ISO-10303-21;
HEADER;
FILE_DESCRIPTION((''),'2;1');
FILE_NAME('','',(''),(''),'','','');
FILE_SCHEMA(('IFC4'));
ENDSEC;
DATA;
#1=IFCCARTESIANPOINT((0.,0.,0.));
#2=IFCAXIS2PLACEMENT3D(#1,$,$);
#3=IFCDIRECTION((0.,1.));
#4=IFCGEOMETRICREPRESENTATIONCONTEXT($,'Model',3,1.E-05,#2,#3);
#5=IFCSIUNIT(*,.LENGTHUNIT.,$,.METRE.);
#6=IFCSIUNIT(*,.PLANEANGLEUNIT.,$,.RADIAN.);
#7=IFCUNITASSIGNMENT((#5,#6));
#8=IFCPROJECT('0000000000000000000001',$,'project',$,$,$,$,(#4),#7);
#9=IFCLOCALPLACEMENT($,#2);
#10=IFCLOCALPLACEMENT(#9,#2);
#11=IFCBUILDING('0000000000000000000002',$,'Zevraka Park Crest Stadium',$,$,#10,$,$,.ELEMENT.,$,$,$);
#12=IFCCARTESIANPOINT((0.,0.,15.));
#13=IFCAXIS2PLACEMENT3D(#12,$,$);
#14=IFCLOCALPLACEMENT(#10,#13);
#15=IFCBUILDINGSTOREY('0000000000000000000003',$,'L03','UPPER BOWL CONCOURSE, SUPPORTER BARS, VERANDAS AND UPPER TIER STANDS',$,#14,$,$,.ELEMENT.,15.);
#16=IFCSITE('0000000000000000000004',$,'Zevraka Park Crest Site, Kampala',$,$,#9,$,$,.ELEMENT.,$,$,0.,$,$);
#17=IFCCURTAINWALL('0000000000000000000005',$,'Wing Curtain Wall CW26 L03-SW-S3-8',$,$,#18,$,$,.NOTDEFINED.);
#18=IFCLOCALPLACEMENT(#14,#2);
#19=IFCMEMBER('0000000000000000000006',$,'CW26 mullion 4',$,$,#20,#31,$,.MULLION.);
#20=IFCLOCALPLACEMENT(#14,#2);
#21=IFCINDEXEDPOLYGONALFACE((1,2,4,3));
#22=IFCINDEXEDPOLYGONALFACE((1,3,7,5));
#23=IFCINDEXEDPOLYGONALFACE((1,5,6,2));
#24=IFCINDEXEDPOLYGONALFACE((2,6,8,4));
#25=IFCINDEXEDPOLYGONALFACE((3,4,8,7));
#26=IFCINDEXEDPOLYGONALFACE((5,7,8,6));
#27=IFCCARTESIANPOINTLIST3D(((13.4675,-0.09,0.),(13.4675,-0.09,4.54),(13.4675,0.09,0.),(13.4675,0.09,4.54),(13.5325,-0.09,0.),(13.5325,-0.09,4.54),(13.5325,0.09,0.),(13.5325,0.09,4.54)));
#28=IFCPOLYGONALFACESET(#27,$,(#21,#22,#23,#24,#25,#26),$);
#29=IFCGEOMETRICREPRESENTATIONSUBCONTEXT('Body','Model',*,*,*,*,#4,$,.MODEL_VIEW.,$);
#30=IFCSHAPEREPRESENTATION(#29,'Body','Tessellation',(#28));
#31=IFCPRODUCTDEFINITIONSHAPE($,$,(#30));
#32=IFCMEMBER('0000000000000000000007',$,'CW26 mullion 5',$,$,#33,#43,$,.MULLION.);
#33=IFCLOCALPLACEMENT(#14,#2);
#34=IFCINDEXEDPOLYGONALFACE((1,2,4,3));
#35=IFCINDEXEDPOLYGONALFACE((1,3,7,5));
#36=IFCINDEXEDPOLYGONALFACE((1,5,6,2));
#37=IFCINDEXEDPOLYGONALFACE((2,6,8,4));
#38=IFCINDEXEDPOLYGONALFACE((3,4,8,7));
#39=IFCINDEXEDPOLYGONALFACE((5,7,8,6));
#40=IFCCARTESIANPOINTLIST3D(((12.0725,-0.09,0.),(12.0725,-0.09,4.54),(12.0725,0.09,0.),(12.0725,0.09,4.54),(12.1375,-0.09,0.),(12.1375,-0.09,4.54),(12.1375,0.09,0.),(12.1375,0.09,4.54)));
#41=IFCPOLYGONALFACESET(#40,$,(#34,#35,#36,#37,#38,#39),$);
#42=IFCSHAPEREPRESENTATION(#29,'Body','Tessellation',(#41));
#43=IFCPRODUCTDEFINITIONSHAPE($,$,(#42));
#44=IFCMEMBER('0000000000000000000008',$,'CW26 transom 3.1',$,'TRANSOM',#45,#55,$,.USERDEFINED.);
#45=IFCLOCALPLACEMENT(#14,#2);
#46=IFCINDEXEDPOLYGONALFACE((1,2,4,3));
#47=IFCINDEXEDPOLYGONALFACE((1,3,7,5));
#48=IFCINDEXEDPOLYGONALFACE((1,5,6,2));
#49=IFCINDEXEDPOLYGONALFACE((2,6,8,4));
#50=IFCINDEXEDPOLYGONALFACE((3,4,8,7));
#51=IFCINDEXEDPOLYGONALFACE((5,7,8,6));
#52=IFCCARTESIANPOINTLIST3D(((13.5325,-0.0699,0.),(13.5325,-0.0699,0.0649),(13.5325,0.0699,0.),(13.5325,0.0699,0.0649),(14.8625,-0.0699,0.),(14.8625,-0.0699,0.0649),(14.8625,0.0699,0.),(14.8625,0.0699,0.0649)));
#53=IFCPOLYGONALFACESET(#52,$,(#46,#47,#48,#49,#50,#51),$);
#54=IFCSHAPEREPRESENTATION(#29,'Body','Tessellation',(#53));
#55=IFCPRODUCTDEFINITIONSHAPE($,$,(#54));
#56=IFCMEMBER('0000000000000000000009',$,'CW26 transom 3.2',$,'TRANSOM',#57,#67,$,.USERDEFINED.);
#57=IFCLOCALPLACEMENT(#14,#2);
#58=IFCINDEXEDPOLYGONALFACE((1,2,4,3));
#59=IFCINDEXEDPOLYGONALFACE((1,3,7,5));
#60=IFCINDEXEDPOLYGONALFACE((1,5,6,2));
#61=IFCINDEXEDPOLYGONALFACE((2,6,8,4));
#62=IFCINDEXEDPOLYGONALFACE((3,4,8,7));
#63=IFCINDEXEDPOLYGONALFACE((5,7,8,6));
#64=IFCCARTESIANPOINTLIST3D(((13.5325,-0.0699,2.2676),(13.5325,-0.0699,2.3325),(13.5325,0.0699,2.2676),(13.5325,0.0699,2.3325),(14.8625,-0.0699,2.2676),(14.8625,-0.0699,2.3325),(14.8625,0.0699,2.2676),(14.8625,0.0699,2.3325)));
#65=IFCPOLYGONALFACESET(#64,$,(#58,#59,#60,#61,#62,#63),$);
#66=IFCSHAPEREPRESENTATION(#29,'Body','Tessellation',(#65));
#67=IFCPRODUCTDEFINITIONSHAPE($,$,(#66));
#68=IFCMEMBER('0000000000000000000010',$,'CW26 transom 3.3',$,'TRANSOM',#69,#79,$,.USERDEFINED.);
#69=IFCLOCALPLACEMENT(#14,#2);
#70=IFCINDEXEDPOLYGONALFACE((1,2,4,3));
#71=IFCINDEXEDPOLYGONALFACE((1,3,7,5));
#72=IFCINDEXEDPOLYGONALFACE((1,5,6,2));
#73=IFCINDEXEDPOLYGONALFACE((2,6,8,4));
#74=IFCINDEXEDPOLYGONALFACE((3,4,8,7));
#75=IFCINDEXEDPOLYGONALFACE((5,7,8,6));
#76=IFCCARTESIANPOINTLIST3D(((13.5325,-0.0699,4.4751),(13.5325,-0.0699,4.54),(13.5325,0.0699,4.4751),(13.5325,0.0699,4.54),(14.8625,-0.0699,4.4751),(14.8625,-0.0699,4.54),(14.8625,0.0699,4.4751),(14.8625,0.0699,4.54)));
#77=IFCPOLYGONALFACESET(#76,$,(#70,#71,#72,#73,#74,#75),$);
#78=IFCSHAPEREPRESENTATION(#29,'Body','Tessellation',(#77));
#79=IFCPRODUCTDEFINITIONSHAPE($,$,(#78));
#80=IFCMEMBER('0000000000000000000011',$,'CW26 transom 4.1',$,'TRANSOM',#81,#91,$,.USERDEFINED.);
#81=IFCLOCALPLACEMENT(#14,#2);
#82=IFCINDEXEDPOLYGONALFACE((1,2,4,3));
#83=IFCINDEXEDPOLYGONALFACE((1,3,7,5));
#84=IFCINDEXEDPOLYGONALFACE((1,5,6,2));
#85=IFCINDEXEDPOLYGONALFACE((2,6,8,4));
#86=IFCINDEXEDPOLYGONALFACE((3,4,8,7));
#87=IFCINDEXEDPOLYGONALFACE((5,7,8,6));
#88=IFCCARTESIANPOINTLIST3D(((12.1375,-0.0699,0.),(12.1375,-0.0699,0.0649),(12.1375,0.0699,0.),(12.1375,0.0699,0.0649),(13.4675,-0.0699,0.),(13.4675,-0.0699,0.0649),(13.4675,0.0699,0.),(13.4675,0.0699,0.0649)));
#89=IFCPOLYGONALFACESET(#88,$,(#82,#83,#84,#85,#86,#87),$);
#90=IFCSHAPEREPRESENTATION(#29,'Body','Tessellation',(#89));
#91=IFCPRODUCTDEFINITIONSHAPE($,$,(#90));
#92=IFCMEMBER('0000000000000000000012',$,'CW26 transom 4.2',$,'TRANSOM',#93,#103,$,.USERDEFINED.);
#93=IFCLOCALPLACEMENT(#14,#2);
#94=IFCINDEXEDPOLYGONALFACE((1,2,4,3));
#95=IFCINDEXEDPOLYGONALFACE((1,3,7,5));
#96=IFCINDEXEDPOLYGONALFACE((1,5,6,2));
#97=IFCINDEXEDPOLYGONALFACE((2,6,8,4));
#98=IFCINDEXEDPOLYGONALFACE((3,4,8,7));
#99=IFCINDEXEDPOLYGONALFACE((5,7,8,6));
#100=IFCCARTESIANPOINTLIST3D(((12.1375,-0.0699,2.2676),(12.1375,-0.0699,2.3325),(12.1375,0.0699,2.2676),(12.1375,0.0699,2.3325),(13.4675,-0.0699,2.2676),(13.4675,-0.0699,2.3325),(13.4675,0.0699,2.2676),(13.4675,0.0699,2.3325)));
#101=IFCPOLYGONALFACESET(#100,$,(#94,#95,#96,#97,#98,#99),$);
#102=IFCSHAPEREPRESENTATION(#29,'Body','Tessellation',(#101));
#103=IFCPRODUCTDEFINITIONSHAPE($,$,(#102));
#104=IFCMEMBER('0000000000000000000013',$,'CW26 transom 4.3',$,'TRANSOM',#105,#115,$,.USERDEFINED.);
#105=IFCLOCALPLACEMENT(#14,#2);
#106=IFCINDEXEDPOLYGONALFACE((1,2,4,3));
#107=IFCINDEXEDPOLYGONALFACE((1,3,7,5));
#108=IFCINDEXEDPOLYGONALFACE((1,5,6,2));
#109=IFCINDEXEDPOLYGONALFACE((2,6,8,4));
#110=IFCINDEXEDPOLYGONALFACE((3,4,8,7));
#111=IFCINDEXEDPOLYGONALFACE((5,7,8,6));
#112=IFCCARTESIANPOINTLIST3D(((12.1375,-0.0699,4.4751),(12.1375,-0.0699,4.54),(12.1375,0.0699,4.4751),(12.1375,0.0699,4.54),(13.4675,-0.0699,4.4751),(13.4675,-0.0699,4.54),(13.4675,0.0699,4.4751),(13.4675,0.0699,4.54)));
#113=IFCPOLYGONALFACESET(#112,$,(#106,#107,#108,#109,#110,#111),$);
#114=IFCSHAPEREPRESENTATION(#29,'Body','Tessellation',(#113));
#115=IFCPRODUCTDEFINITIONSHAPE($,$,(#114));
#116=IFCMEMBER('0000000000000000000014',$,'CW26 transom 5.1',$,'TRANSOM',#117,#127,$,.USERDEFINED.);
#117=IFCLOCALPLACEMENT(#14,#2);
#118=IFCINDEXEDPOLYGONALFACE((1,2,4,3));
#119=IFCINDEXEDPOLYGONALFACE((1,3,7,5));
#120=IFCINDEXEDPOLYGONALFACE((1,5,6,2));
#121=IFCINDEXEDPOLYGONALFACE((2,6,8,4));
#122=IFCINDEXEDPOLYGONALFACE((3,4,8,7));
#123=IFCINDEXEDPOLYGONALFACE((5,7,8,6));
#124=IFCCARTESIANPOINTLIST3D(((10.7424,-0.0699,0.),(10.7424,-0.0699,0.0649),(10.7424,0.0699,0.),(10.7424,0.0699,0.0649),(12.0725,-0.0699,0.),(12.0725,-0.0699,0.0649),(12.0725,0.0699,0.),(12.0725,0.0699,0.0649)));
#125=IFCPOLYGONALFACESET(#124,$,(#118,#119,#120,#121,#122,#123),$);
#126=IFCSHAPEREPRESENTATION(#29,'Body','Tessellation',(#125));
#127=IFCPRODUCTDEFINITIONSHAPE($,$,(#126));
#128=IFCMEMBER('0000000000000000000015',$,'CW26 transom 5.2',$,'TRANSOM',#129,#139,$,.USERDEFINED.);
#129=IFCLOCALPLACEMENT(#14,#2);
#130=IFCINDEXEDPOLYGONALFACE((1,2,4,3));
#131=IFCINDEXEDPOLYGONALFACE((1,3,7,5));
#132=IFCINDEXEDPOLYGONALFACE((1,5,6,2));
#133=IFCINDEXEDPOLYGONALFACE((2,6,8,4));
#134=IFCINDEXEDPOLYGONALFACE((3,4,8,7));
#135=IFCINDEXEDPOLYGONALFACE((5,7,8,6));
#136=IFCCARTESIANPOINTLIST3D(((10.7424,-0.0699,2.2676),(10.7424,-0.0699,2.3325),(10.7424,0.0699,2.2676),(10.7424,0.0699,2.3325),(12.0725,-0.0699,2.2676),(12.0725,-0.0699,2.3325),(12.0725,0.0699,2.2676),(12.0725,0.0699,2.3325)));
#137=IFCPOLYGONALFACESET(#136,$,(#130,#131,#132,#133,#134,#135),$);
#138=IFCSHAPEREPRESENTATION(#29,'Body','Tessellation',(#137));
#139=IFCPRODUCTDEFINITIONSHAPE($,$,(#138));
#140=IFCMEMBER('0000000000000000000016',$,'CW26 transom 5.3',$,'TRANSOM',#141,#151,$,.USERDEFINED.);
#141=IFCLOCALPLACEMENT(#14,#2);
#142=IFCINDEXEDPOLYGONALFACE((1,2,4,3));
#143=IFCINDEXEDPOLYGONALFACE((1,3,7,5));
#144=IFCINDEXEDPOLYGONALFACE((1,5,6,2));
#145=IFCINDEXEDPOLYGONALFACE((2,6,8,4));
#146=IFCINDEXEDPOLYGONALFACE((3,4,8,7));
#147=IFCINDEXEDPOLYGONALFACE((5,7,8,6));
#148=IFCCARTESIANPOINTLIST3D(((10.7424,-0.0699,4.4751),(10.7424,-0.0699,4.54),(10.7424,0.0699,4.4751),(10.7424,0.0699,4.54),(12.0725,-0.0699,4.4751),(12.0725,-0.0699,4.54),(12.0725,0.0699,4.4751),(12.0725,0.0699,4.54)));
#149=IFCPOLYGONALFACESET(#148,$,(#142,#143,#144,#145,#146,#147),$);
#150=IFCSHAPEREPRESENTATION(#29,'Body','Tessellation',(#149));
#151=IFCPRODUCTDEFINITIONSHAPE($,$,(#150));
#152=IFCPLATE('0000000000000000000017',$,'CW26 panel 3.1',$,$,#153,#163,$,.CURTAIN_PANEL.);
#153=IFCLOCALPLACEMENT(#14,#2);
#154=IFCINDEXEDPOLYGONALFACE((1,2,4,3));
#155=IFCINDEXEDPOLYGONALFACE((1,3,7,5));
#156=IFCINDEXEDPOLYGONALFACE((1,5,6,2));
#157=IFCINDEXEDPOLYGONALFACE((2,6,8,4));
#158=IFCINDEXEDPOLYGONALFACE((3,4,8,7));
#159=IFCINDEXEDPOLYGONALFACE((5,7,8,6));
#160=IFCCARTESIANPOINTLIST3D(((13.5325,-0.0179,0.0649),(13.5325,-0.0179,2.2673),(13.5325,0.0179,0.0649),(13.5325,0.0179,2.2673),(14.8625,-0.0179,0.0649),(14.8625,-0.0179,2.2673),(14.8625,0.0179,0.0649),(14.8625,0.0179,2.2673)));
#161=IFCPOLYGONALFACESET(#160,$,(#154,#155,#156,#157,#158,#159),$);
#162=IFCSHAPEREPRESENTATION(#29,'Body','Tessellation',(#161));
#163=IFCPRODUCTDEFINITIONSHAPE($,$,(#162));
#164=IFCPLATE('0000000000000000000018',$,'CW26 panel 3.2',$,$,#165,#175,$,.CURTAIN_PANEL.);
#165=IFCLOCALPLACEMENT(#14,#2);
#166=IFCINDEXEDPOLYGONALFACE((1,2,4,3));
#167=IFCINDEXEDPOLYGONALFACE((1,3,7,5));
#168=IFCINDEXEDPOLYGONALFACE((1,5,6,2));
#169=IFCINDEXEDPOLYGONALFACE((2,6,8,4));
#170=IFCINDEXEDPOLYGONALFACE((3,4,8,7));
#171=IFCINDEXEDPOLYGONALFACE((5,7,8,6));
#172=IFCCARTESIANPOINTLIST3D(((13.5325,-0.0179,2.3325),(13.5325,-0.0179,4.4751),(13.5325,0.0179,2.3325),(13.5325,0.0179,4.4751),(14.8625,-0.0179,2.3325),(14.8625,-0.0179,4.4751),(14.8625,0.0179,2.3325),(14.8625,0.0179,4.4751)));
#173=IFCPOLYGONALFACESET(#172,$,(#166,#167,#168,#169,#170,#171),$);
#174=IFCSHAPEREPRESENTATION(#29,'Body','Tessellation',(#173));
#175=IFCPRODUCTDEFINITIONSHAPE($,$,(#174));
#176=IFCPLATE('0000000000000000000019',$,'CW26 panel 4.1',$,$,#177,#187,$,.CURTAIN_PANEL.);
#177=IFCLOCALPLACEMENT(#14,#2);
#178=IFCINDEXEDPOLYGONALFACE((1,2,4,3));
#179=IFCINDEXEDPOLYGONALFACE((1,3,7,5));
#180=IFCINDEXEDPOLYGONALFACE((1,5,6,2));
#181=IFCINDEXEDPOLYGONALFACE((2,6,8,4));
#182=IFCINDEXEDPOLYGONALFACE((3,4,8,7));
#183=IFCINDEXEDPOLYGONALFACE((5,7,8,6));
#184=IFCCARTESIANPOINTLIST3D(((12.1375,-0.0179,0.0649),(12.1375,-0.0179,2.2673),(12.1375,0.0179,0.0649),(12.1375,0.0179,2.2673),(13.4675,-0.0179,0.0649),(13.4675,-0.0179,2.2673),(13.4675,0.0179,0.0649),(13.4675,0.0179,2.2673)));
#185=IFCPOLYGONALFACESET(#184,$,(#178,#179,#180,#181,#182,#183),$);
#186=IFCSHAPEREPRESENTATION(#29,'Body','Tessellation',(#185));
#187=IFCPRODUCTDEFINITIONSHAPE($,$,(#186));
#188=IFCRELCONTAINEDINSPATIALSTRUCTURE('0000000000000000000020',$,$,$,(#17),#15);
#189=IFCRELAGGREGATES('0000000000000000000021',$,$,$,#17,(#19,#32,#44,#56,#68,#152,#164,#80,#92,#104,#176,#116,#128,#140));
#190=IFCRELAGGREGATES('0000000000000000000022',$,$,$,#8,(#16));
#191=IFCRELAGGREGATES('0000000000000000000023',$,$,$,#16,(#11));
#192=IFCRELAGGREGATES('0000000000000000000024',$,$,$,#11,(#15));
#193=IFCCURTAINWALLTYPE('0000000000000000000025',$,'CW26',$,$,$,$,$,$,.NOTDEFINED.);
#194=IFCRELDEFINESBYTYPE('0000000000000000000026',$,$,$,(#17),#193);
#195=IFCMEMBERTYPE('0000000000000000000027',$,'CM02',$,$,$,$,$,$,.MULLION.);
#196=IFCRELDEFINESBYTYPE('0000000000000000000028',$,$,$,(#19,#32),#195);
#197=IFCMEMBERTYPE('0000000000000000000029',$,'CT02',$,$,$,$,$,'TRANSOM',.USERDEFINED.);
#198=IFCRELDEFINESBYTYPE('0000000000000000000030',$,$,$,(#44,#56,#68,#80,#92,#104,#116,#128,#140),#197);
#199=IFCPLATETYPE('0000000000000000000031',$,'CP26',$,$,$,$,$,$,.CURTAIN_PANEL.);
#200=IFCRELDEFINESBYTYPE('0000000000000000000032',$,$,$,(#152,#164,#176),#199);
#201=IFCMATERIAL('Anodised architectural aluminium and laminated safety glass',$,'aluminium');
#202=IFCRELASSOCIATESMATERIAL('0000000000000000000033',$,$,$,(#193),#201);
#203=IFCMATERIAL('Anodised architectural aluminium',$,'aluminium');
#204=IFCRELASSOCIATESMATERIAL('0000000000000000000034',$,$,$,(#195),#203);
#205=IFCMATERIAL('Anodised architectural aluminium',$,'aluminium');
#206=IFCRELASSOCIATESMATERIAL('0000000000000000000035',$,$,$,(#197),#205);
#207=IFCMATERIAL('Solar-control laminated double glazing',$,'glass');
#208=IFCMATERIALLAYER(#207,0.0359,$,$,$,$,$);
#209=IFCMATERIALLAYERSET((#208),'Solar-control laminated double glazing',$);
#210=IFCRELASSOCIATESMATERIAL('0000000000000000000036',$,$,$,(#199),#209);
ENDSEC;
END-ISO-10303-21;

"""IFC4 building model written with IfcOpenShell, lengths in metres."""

from ifc_helpers import new_model, si_unit, direction, frame, origin, origin_2d, place, context, subcontext, project, spatial, rectangle, extrude, material, layer, layer_set, material_profile, profile_set, type_object, element, aggregate, save


model = new_model("IFC4")

# Units and contexts
model_context = context("Model", 3, precision=1e-05, world=origin(), true_north=direction((0.0, 1.0)))
body_context = subcontext(model_context, "Body", "Model", "MODEL_VIEW")
ifc_project = project(units=[si_unit("LENGTHUNIT", "METRE"), si_unit("PLANEANGLEUNIT", "RADIAN")], contexts=[model_context])

# Site, building, storey
site_placement = place(None, origin())
site = spatial("IfcSite", under=ifc_project, at=site_placement, Name="Zevraka Park Crest Site, Kampala", CompositionType="ELEMENT", RefElevation=0.0)
building_placement = place(site_placement, origin())
building = spatial("IfcBuilding", under=site, at=building_placement, Name="Zevraka Park Crest Stadium", CompositionType="ELEMENT")
storey_placement = place(building_placement, frame((0.0, 0.0, 15.0)))
storey = spatial("IfcBuildingStorey", under=building, at=storey_placement, Name="L03", Description="UPPER BOWL CONCOURSE, SUPPORTER BARS, VERANDAS AND UPPER TIER STANDS", CompositionType="ELEMENT", Elevation=15.0)

# Curtain wall, members, plates
ifc_material_1 = material(Name="Anodised architectural aluminium and laminated safety glass", Category="aluminium")
curtain_wall_type = type_object("IfcCurtainWallType", Name="CW26", PredefinedType="NOTDEFINED", material=ifc_material_1)
curtain_wall_placement = place(storey_placement, origin())
curtain_wall = element("IfcCurtainWall", 1, at=curtain_wall_placement, inside=storey, type_object=curtain_wall_type, Name="Wing Curtain Wall CW26 L03-SW-S3-8", PredefinedType="NOTDEFINED")
ifc_material_2 = material(Name="Anodised architectural aluminium", Category="aluminium")
ifc_material_profile_1 = material_profile(ifc_material_2, rectangle(XDim=0.1799, YDim=0.0649, at=origin_2d()), Name="ALU MULLION 180x65")
ifc_profile_set_1 = profile_set([ifc_material_profile_1], Name="Anodised architectural aluminium")
member_type_1 = type_object("IfcMemberType", Name="CM02", PredefinedType="MULLION", material=ifc_profile_set_1)
member_1_placement = place(storey_placement, frame((13.5, 0.0, 0.0), z_axis=(0.0, 0.0, 1.0), x_axis=(0.0, -1.0, 0.0)))
member_1 = element("IfcMember", 2, at=member_1_placement, type_object=member_type_1, Name="CW26 mullion 4", PredefinedType="MULLION", context=body_context, shape_type="SweptSolid", body=[
    extrude(rectangle(XDim=0.1799, YDim=0.0649, at=origin_2d()), origin(), (0.0, 0.0, 1.0), 4.54),
])
member_2_placement = place(storey_placement, frame((12.105, 0.0, 0.0), z_axis=(0.0, 0.0, 1.0), x_axis=(0.0, -1.0, 0.0)))
member_2 = element("IfcMember", 3, at=member_2_placement, type_object=member_type_1, Name="CW26 mullion 5", PredefinedType="MULLION", context=body_context, shape_type="SweptSolid", body=[
    extrude(rectangle(XDim=0.1799, YDim=0.0649, at=origin_2d()), origin(), (0.0, 0.0, 1.0), 4.54),
])
ifc_material_3 = material(Name="Anodised architectural aluminium", Category="aluminium")
ifc_material_profile_2 = material_profile(ifc_material_3, rectangle(XDim=0.1399, YDim=0.0649, at=origin_2d()), Name="ALU TRANSOM 140x65")
ifc_profile_set_2 = profile_set([ifc_material_profile_2], Name="Anodised architectural aluminium")
member_type_2 = type_object("IfcMemberType", Name="CT02", ElementType="TRANSOM", PredefinedType="USERDEFINED", material=ifc_profile_set_2)
member_3_placement = place(storey_placement, frame((14.8625, 0.0, 0.0325), z_axis=(-1.0, 0.0, 0.0), x_axis=(0.0, -1.0, 0.0)))
member_3 = element("IfcMember", 4, at=member_3_placement, type_object=member_type_2, Name="CW26 transom 3.1", ObjectType="TRANSOM", PredefinedType="USERDEFINED", context=body_context, shape_type="SweptSolid", body=[
    extrude(rectangle(XDim=0.1399, YDim=0.0649, at=origin_2d()), origin(), (0.0, 0.0, 1.0), 1.3301),
])
member_4_placement = place(storey_placement, frame((14.8625, 0.0, 2.3), z_axis=(-1.0, 0.0, 0.0), x_axis=(0.0, -1.0, 0.0)))
member_4 = element("IfcMember", 5, at=member_4_placement, type_object=member_type_2, Name="CW26 transom 3.2", ObjectType="TRANSOM", PredefinedType="USERDEFINED", context=body_context, shape_type="SweptSolid", body=[
    extrude(rectangle(XDim=0.1399, YDim=0.0649, at=origin_2d()), origin(), (0.0, 0.0, 1.0), 1.3301),
])
member_5_placement = place(storey_placement, frame((14.8625, 0.0, 4.5076), z_axis=(-1.0, 0.0, 0.0), x_axis=(0.0, -1.0, 0.0)))
member_5 = element("IfcMember", 6, at=member_5_placement, type_object=member_type_2, Name="CW26 transom 3.3", ObjectType="TRANSOM", PredefinedType="USERDEFINED", context=body_context, shape_type="SweptSolid", body=[
    extrude(rectangle(XDim=0.1399, YDim=0.0649, at=origin_2d()), origin(), (0.0, 0.0, 1.0), 1.3301),
])
member_6_placement = place(storey_placement, frame((13.4675, 0.0, 0.0325), z_axis=(-1.0, 0.0, 0.0), x_axis=(0.0, -1.0, 0.0)))
member_6 = element("IfcMember", 7, at=member_6_placement, type_object=member_type_2, Name="CW26 transom 4.1", ObjectType="TRANSOM", PredefinedType="USERDEFINED", context=body_context, shape_type="SweptSolid", body=[
    extrude(rectangle(XDim=0.1399, YDim=0.0649, at=origin_2d()), origin(), (0.0, 0.0, 1.0), 1.3301),
])
member_7_placement = place(storey_placement, frame((13.4675, 0.0, 2.3), z_axis=(-1.0, 0.0, 0.0), x_axis=(0.0, -1.0, 0.0)))
member_7 = element("IfcMember", 8, at=member_7_placement, type_object=member_type_2, Name="CW26 transom 4.2", ObjectType="TRANSOM", PredefinedType="USERDEFINED", context=body_context, shape_type="SweptSolid", body=[
    extrude(rectangle(XDim=0.1399, YDim=0.0649, at=origin_2d()), origin(), (0.0, 0.0, 1.0), 1.3301),
])
member_8_placement = place(storey_placement, frame((13.4675, 0.0, 4.5076), z_axis=(-1.0, 0.0, 0.0), x_axis=(0.0, -1.0, 0.0)))
member_8 = element("IfcMember", 9, at=member_8_placement, type_object=member_type_2, Name="CW26 transom 4.3", ObjectType="TRANSOM", PredefinedType="USERDEFINED", context=body_context, shape_type="SweptSolid", body=[
    extrude(rectangle(XDim=0.1399, YDim=0.0649, at=origin_2d()), origin(), (0.0, 0.0, 1.0), 1.3301),
])
member_9_placement = place(storey_placement, frame((12.0725, 0.0, 0.0325), z_axis=(-1.0, 0.0, 0.0), x_axis=(0.0, -1.0, 0.0)))
member_9 = element("IfcMember", 10, at=member_9_placement, type_object=member_type_2, Name="CW26 transom 5.1", ObjectType="TRANSOM", PredefinedType="USERDEFINED", context=body_context, shape_type="SweptSolid", body=[
    extrude(rectangle(XDim=0.1399, YDim=0.0649, at=origin_2d()), origin(), (0.0, 0.0, 1.0), 1.3301),
])
member_10_placement = place(storey_placement, frame((12.0725, 0.0, 2.3), z_axis=(-1.0, 0.0, 0.0), x_axis=(0.0, -1.0, 0.0)))
member_10 = element("IfcMember", 11, at=member_10_placement, type_object=member_type_2, Name="CW26 transom 5.2", ObjectType="TRANSOM", PredefinedType="USERDEFINED", context=body_context, shape_type="SweptSolid", body=[
    extrude(rectangle(XDim=0.1399, YDim=0.0649, at=origin_2d()), origin(), (0.0, 0.0, 1.0), 1.3301),
])
member_11_placement = place(storey_placement, frame((12.0725, 0.0, 4.5076), z_axis=(-1.0, 0.0, 0.0), x_axis=(0.0, -1.0, 0.0)))
member_11 = element("IfcMember", 12, at=member_11_placement, type_object=member_type_2, Name="CW26 transom 5.3", ObjectType="TRANSOM", PredefinedType="USERDEFINED", context=body_context, shape_type="SweptSolid", body=[
    extrude(rectangle(XDim=0.1399, YDim=0.0649, at=origin_2d()), origin(), (0.0, 0.0, 1.0), 1.3301),
])
ifc_material_4 = material(Name="Solar-control laminated double glazing", Category="glass")
ifc_layer_1 = layer(ifc_material_4, 0.0359)
ifc_layer_set_1 = layer_set([ifc_layer_1], Name="Solar-control laminated double glazing")
plate_type = type_object("IfcPlateType", Name="CP26", PredefinedType="CURTAIN_PANEL", material=ifc_layer_set_1)
plate_1_placement = place(storey_placement, frame((14.1975, 0.0, 0.0649), z_axis=(0.0, 0.0, 1.0), x_axis=(-1.0, 0.0, 0.0)))
plate_1 = element("IfcPlate", 13, at=plate_1_placement, type_object=plate_type, Name="CW26 panel 3.1", PredefinedType="CURTAIN_PANEL", context=body_context, shape_type="SweptSolid", body=[
    extrude(rectangle(XDim=1.3301, YDim=0.0359, at=origin_2d()), origin(), (0.0, 0.0, 1.0), 2.2024),
])
plate_2_placement = place(storey_placement, frame((14.1975, 0.0, 2.3325), z_axis=(0.0, 0.0, 1.0), x_axis=(-1.0, 0.0, 0.0)))
plate_2 = element("IfcPlate", 14, at=plate_2_placement, type_object=plate_type, Name="CW26 panel 3.2", PredefinedType="CURTAIN_PANEL", context=body_context, shape_type="SweptSolid", body=[
    extrude(rectangle(XDim=1.3301, YDim=0.0359, at=origin_2d()), origin(), (0.0, 0.0, 1.0), 2.1426),
])
plate_3_placement = place(storey_placement, frame((12.8025, 0.0, 0.0649), z_axis=(0.0, 0.0, 1.0), x_axis=(-1.0, 0.0, 0.0)))
plate_3 = element("IfcPlate", 15, at=plate_3_placement, type_object=plate_type, Name="CW26 panel 4.1", PredefinedType="CURTAIN_PANEL", context=body_context, shape_type="SweptSolid", body=[
    extrude(rectangle(XDim=1.3301, YDim=0.0359, at=origin_2d()), origin(), (0.0, 0.0, 1.0), 2.2024),
])
aggregate(curtain_wall, [member_1, member_2, member_3, member_4, member_5, plate_1, plate_2, member_6, member_7, member_8, plate_3, member_9, member_10, member_11])

save(model, "model.ifc")
